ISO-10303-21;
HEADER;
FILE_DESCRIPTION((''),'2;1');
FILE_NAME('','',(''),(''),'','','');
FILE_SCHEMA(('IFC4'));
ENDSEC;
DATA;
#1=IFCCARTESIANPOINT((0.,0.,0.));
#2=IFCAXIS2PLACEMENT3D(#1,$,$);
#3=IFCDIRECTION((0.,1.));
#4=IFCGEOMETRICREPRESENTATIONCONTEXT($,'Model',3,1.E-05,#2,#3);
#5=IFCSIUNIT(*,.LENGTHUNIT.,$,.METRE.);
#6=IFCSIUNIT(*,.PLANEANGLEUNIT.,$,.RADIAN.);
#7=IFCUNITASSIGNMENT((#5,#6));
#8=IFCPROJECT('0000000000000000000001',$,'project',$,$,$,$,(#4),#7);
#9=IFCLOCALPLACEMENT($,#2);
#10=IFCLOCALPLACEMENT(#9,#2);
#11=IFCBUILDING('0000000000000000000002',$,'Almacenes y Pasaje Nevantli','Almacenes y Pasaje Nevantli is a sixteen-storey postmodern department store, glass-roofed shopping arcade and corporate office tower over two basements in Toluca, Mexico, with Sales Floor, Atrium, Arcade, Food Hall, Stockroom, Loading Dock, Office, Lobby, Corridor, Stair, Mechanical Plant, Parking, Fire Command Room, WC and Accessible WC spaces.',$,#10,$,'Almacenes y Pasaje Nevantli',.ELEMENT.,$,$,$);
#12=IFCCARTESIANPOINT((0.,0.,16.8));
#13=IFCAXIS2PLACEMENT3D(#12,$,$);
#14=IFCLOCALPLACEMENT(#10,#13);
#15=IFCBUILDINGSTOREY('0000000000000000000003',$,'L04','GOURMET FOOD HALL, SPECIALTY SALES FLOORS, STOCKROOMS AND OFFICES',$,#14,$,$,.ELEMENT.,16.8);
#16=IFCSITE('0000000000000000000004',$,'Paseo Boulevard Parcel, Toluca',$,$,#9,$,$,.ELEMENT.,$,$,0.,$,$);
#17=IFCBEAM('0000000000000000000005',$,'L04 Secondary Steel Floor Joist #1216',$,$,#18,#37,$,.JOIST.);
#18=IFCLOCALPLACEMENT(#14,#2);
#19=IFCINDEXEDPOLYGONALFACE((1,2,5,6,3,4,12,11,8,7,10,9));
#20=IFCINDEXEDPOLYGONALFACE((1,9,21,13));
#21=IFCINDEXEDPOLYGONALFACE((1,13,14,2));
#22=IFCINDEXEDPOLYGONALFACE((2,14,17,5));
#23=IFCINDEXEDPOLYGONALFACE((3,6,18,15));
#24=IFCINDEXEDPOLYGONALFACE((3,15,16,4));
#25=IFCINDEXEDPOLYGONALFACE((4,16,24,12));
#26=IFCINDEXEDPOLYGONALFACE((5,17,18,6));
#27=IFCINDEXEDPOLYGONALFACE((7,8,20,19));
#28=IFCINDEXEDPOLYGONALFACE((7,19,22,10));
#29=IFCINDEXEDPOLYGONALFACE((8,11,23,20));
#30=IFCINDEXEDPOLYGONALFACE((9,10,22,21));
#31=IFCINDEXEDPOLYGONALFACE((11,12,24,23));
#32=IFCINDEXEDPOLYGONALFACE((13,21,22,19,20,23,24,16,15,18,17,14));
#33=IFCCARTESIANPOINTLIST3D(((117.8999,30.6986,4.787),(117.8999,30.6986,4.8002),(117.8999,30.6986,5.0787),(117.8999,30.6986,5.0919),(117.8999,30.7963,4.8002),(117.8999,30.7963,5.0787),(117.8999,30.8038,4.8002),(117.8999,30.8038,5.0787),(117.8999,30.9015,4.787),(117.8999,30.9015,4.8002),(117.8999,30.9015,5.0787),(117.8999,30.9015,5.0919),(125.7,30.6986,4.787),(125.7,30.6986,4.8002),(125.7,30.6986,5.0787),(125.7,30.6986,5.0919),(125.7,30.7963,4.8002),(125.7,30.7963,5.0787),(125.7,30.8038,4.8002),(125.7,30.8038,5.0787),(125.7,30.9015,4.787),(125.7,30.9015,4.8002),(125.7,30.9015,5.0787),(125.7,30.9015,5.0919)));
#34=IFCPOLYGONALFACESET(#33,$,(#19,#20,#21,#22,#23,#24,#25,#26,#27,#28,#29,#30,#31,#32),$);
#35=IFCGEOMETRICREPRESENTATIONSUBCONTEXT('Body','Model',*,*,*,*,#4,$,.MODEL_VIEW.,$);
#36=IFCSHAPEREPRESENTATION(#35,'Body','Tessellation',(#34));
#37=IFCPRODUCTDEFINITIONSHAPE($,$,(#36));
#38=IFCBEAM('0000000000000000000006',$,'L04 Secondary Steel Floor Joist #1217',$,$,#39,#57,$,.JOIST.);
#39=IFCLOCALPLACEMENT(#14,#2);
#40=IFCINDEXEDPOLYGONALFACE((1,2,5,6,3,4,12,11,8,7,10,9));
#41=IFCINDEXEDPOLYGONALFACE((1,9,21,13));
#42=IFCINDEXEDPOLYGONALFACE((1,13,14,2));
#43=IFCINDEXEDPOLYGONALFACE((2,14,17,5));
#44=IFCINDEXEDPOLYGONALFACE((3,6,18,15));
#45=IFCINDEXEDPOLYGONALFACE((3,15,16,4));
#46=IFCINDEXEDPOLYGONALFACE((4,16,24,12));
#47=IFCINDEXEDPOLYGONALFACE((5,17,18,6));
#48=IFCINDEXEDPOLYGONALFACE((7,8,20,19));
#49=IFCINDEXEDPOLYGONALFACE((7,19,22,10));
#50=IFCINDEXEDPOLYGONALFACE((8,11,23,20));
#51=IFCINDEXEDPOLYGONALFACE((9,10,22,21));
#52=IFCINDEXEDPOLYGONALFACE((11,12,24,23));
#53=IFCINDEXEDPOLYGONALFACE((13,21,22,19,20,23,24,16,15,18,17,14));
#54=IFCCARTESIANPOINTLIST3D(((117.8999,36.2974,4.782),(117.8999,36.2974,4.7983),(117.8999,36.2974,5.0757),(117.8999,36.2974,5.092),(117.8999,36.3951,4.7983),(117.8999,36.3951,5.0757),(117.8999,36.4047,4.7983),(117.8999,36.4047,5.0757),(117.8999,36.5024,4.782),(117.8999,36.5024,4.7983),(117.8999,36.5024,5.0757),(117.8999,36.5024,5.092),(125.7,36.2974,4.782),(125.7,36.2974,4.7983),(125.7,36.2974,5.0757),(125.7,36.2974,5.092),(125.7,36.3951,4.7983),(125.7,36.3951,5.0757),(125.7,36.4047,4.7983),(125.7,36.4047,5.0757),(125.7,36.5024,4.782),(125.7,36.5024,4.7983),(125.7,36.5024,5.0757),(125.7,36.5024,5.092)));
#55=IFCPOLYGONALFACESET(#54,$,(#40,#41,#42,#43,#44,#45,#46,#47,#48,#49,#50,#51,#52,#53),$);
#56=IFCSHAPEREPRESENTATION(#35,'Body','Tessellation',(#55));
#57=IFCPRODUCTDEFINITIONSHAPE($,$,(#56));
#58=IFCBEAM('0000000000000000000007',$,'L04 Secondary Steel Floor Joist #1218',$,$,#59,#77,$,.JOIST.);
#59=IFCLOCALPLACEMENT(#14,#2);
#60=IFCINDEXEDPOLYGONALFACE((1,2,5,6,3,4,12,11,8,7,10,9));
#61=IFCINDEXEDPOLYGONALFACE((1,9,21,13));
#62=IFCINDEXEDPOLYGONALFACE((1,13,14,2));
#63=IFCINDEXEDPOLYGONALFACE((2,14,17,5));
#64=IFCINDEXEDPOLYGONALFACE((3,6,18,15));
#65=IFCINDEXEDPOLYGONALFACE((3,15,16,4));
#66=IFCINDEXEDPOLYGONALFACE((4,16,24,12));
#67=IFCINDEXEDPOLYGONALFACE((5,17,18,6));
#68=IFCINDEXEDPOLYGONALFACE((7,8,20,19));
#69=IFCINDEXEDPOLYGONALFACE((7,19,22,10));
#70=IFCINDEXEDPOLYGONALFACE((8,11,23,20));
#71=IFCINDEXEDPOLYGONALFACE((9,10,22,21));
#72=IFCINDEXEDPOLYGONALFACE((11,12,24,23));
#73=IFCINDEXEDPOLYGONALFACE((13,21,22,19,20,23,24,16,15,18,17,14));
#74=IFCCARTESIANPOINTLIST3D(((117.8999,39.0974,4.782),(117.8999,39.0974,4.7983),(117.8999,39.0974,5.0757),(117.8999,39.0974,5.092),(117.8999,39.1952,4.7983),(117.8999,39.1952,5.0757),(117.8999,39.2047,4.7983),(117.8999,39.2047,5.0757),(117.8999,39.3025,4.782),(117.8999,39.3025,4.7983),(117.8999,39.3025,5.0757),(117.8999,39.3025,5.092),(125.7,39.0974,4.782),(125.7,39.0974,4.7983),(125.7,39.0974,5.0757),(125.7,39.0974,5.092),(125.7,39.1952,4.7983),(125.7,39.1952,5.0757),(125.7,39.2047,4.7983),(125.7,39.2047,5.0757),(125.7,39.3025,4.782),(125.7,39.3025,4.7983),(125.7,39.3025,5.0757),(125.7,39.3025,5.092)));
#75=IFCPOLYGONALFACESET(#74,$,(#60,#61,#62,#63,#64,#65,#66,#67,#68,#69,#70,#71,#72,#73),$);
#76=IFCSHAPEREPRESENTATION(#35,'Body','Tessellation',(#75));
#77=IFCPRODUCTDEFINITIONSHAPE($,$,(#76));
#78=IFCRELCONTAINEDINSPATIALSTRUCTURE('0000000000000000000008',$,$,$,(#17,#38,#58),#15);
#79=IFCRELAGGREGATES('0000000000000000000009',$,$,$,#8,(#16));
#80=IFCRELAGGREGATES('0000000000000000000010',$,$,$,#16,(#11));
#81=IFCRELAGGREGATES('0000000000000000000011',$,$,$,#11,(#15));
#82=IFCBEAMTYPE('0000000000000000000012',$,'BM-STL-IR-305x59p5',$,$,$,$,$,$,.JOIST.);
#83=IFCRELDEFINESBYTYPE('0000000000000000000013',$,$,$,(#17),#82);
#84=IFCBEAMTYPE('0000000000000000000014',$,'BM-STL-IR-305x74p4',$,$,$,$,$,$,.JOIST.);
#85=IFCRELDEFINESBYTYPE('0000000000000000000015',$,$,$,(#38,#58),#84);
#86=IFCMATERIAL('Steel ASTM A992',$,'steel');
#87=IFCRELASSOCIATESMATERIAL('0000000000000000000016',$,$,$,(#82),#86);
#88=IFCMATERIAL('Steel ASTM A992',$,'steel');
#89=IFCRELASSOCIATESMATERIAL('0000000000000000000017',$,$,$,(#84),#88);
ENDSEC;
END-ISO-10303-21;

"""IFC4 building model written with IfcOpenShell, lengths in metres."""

from ifc_helpers import new_model, si_unit, direction, frame, origin, origin_2d, place, context, subcontext, project, spatial, i_section, extrude, material, material_profile, profile_set, type_object, element, save


model = new_model("IFC4")

# Units and contexts
model_context = context("Model", 3, precision=1e-05, world=origin(), true_north=direction((0.0, 1.0)))
body_context = subcontext(model_context, "Body", "Model", "MODEL_VIEW")
ifc_project = project(units=[si_unit("LENGTHUNIT", "METRE"), si_unit("PLANEANGLEUNIT", "RADIAN")], contexts=[model_context])

# Site, building, storey
site_placement = place(None, origin())
site = spatial("IfcSite", under=ifc_project, at=site_placement, Name="Paseo Boulevard Parcel, Toluca", CompositionType="ELEMENT", RefElevation=0.0)
building_placement = place(site_placement, origin())
building = spatial("IfcBuilding", under=site, at=building_placement, Name="Almacenes y Pasaje Nevantli", Description="Almacenes y Pasaje Nevantli is a sixteen-storey postmodern department store, glass-roofed shopping arcade and corporate office tower over two basements in Toluca, Mexico, with Sales Floor, Atrium, Arcade, Food Hall, Stockroom, Loading Dock, Office, Lobby, Corridor, Stair, Mechanical Plant, Parking, Fire Command Room, WC and Accessible WC spaces.", LongName="Almacenes y Pasaje Nevantli", CompositionType="ELEMENT")
storey_placement = place(building_placement, frame((0.0, 0.0, 16.8)))
storey = spatial("IfcBuildingStorey", under=building, at=storey_placement, Name="L04", Description="GOURMET FOOD HALL, SPECIALTY SALES FLOORS, STOCKROOMS AND OFFICES", CompositionType="ELEMENT", Elevation=16.8)

# Beams
ifc_material_1 = material(Name="Steel ASTM A992", Category="steel")
ifc_material_profile_1 = material_profile(ifc_material_1, i_section(OverallWidth=0.2029, OverallDepth=0.3049, WebThickness=0.0076, FlangeThickness=0.0132, at=origin_2d()), Name="IR 305x59.5")
ifc_profile_set_1 = profile_set([ifc_material_profile_1], Name="Steel ASTM A992")
beam_type_1 = type_object("IfcBeamType", Name="BM-STL-IR-305x59p5", PredefinedType="JOIST", material=ifc_profile_set_1)
for number, where, z_axis, x_axis, name in (
    (1, (117.8999, 30.8, 4.9395), (1.0, 0.0, 0.0), (0.0, 1.0, 0.0), "L04 Secondary Steel Floor Joist #1216"),
):
    element("IfcBeam", number, at=place(storey_placement, frame(where, z_axis=z_axis, x_axis=x_axis)), inside=storey, type_object=beam_type_1, Name=name, PredefinedType="JOIST", context=body_context, shape_type="SweptSolid", body=[
        extrude(i_section(OverallWidth=0.2029, OverallDepth=0.3049, WebThickness=0.0076, FlangeThickness=0.0132, at=origin_2d()), origin(), (0.0, 0.0, 1.0), 7.8),
    ])
ifc_material_2 = material(Name="Steel ASTM A992", Category="steel")
ifc_material_profile_2 = material_profile(ifc_material_2, i_section(OverallWidth=0.2051, OverallDepth=0.3101, WebThickness=0.0095, FlangeThickness=0.0164, at=origin_2d()), Name="IR 305x74.4")
ifc_profile_set_2 = profile_set([ifc_material_profile_2], Name="Steel ASTM A992")
beam_type_2 = type_object("IfcBeamType", Name="BM-STL-IR-305x74p4", PredefinedType="JOIST", material=ifc_profile_set_2)
for number, where, z_axis, x_axis, name in (
    (2, (117.8999, 36.3999, 4.937), (1.0, 0.0, 0.0), (0.0, 1.0, 0.0), "L04 Secondary Steel Floor Joist #1217"),
    (3, (117.8999, 39.2, 4.937), (1.0, 0.0, 0.0), (0.0, 1.0, 0.0), "L04 Secondary Steel Floor Joist #1218"),
):
    element("IfcBeam", number, at=place(storey_placement, frame(where, z_axis=z_axis, x_axis=x_axis)), inside=storey, type_object=beam_type_2, Name=name, PredefinedType="JOIST", context=body_context, shape_type="SweptSolid", body=[
        extrude(i_section(OverallWidth=0.2051, OverallDepth=0.3101, WebThickness=0.0095, FlangeThickness=0.0164, at=origin_2d()), origin(), (0.0, 0.0, 1.0), 7.8),
    ])

save(model, "model.ifc")
